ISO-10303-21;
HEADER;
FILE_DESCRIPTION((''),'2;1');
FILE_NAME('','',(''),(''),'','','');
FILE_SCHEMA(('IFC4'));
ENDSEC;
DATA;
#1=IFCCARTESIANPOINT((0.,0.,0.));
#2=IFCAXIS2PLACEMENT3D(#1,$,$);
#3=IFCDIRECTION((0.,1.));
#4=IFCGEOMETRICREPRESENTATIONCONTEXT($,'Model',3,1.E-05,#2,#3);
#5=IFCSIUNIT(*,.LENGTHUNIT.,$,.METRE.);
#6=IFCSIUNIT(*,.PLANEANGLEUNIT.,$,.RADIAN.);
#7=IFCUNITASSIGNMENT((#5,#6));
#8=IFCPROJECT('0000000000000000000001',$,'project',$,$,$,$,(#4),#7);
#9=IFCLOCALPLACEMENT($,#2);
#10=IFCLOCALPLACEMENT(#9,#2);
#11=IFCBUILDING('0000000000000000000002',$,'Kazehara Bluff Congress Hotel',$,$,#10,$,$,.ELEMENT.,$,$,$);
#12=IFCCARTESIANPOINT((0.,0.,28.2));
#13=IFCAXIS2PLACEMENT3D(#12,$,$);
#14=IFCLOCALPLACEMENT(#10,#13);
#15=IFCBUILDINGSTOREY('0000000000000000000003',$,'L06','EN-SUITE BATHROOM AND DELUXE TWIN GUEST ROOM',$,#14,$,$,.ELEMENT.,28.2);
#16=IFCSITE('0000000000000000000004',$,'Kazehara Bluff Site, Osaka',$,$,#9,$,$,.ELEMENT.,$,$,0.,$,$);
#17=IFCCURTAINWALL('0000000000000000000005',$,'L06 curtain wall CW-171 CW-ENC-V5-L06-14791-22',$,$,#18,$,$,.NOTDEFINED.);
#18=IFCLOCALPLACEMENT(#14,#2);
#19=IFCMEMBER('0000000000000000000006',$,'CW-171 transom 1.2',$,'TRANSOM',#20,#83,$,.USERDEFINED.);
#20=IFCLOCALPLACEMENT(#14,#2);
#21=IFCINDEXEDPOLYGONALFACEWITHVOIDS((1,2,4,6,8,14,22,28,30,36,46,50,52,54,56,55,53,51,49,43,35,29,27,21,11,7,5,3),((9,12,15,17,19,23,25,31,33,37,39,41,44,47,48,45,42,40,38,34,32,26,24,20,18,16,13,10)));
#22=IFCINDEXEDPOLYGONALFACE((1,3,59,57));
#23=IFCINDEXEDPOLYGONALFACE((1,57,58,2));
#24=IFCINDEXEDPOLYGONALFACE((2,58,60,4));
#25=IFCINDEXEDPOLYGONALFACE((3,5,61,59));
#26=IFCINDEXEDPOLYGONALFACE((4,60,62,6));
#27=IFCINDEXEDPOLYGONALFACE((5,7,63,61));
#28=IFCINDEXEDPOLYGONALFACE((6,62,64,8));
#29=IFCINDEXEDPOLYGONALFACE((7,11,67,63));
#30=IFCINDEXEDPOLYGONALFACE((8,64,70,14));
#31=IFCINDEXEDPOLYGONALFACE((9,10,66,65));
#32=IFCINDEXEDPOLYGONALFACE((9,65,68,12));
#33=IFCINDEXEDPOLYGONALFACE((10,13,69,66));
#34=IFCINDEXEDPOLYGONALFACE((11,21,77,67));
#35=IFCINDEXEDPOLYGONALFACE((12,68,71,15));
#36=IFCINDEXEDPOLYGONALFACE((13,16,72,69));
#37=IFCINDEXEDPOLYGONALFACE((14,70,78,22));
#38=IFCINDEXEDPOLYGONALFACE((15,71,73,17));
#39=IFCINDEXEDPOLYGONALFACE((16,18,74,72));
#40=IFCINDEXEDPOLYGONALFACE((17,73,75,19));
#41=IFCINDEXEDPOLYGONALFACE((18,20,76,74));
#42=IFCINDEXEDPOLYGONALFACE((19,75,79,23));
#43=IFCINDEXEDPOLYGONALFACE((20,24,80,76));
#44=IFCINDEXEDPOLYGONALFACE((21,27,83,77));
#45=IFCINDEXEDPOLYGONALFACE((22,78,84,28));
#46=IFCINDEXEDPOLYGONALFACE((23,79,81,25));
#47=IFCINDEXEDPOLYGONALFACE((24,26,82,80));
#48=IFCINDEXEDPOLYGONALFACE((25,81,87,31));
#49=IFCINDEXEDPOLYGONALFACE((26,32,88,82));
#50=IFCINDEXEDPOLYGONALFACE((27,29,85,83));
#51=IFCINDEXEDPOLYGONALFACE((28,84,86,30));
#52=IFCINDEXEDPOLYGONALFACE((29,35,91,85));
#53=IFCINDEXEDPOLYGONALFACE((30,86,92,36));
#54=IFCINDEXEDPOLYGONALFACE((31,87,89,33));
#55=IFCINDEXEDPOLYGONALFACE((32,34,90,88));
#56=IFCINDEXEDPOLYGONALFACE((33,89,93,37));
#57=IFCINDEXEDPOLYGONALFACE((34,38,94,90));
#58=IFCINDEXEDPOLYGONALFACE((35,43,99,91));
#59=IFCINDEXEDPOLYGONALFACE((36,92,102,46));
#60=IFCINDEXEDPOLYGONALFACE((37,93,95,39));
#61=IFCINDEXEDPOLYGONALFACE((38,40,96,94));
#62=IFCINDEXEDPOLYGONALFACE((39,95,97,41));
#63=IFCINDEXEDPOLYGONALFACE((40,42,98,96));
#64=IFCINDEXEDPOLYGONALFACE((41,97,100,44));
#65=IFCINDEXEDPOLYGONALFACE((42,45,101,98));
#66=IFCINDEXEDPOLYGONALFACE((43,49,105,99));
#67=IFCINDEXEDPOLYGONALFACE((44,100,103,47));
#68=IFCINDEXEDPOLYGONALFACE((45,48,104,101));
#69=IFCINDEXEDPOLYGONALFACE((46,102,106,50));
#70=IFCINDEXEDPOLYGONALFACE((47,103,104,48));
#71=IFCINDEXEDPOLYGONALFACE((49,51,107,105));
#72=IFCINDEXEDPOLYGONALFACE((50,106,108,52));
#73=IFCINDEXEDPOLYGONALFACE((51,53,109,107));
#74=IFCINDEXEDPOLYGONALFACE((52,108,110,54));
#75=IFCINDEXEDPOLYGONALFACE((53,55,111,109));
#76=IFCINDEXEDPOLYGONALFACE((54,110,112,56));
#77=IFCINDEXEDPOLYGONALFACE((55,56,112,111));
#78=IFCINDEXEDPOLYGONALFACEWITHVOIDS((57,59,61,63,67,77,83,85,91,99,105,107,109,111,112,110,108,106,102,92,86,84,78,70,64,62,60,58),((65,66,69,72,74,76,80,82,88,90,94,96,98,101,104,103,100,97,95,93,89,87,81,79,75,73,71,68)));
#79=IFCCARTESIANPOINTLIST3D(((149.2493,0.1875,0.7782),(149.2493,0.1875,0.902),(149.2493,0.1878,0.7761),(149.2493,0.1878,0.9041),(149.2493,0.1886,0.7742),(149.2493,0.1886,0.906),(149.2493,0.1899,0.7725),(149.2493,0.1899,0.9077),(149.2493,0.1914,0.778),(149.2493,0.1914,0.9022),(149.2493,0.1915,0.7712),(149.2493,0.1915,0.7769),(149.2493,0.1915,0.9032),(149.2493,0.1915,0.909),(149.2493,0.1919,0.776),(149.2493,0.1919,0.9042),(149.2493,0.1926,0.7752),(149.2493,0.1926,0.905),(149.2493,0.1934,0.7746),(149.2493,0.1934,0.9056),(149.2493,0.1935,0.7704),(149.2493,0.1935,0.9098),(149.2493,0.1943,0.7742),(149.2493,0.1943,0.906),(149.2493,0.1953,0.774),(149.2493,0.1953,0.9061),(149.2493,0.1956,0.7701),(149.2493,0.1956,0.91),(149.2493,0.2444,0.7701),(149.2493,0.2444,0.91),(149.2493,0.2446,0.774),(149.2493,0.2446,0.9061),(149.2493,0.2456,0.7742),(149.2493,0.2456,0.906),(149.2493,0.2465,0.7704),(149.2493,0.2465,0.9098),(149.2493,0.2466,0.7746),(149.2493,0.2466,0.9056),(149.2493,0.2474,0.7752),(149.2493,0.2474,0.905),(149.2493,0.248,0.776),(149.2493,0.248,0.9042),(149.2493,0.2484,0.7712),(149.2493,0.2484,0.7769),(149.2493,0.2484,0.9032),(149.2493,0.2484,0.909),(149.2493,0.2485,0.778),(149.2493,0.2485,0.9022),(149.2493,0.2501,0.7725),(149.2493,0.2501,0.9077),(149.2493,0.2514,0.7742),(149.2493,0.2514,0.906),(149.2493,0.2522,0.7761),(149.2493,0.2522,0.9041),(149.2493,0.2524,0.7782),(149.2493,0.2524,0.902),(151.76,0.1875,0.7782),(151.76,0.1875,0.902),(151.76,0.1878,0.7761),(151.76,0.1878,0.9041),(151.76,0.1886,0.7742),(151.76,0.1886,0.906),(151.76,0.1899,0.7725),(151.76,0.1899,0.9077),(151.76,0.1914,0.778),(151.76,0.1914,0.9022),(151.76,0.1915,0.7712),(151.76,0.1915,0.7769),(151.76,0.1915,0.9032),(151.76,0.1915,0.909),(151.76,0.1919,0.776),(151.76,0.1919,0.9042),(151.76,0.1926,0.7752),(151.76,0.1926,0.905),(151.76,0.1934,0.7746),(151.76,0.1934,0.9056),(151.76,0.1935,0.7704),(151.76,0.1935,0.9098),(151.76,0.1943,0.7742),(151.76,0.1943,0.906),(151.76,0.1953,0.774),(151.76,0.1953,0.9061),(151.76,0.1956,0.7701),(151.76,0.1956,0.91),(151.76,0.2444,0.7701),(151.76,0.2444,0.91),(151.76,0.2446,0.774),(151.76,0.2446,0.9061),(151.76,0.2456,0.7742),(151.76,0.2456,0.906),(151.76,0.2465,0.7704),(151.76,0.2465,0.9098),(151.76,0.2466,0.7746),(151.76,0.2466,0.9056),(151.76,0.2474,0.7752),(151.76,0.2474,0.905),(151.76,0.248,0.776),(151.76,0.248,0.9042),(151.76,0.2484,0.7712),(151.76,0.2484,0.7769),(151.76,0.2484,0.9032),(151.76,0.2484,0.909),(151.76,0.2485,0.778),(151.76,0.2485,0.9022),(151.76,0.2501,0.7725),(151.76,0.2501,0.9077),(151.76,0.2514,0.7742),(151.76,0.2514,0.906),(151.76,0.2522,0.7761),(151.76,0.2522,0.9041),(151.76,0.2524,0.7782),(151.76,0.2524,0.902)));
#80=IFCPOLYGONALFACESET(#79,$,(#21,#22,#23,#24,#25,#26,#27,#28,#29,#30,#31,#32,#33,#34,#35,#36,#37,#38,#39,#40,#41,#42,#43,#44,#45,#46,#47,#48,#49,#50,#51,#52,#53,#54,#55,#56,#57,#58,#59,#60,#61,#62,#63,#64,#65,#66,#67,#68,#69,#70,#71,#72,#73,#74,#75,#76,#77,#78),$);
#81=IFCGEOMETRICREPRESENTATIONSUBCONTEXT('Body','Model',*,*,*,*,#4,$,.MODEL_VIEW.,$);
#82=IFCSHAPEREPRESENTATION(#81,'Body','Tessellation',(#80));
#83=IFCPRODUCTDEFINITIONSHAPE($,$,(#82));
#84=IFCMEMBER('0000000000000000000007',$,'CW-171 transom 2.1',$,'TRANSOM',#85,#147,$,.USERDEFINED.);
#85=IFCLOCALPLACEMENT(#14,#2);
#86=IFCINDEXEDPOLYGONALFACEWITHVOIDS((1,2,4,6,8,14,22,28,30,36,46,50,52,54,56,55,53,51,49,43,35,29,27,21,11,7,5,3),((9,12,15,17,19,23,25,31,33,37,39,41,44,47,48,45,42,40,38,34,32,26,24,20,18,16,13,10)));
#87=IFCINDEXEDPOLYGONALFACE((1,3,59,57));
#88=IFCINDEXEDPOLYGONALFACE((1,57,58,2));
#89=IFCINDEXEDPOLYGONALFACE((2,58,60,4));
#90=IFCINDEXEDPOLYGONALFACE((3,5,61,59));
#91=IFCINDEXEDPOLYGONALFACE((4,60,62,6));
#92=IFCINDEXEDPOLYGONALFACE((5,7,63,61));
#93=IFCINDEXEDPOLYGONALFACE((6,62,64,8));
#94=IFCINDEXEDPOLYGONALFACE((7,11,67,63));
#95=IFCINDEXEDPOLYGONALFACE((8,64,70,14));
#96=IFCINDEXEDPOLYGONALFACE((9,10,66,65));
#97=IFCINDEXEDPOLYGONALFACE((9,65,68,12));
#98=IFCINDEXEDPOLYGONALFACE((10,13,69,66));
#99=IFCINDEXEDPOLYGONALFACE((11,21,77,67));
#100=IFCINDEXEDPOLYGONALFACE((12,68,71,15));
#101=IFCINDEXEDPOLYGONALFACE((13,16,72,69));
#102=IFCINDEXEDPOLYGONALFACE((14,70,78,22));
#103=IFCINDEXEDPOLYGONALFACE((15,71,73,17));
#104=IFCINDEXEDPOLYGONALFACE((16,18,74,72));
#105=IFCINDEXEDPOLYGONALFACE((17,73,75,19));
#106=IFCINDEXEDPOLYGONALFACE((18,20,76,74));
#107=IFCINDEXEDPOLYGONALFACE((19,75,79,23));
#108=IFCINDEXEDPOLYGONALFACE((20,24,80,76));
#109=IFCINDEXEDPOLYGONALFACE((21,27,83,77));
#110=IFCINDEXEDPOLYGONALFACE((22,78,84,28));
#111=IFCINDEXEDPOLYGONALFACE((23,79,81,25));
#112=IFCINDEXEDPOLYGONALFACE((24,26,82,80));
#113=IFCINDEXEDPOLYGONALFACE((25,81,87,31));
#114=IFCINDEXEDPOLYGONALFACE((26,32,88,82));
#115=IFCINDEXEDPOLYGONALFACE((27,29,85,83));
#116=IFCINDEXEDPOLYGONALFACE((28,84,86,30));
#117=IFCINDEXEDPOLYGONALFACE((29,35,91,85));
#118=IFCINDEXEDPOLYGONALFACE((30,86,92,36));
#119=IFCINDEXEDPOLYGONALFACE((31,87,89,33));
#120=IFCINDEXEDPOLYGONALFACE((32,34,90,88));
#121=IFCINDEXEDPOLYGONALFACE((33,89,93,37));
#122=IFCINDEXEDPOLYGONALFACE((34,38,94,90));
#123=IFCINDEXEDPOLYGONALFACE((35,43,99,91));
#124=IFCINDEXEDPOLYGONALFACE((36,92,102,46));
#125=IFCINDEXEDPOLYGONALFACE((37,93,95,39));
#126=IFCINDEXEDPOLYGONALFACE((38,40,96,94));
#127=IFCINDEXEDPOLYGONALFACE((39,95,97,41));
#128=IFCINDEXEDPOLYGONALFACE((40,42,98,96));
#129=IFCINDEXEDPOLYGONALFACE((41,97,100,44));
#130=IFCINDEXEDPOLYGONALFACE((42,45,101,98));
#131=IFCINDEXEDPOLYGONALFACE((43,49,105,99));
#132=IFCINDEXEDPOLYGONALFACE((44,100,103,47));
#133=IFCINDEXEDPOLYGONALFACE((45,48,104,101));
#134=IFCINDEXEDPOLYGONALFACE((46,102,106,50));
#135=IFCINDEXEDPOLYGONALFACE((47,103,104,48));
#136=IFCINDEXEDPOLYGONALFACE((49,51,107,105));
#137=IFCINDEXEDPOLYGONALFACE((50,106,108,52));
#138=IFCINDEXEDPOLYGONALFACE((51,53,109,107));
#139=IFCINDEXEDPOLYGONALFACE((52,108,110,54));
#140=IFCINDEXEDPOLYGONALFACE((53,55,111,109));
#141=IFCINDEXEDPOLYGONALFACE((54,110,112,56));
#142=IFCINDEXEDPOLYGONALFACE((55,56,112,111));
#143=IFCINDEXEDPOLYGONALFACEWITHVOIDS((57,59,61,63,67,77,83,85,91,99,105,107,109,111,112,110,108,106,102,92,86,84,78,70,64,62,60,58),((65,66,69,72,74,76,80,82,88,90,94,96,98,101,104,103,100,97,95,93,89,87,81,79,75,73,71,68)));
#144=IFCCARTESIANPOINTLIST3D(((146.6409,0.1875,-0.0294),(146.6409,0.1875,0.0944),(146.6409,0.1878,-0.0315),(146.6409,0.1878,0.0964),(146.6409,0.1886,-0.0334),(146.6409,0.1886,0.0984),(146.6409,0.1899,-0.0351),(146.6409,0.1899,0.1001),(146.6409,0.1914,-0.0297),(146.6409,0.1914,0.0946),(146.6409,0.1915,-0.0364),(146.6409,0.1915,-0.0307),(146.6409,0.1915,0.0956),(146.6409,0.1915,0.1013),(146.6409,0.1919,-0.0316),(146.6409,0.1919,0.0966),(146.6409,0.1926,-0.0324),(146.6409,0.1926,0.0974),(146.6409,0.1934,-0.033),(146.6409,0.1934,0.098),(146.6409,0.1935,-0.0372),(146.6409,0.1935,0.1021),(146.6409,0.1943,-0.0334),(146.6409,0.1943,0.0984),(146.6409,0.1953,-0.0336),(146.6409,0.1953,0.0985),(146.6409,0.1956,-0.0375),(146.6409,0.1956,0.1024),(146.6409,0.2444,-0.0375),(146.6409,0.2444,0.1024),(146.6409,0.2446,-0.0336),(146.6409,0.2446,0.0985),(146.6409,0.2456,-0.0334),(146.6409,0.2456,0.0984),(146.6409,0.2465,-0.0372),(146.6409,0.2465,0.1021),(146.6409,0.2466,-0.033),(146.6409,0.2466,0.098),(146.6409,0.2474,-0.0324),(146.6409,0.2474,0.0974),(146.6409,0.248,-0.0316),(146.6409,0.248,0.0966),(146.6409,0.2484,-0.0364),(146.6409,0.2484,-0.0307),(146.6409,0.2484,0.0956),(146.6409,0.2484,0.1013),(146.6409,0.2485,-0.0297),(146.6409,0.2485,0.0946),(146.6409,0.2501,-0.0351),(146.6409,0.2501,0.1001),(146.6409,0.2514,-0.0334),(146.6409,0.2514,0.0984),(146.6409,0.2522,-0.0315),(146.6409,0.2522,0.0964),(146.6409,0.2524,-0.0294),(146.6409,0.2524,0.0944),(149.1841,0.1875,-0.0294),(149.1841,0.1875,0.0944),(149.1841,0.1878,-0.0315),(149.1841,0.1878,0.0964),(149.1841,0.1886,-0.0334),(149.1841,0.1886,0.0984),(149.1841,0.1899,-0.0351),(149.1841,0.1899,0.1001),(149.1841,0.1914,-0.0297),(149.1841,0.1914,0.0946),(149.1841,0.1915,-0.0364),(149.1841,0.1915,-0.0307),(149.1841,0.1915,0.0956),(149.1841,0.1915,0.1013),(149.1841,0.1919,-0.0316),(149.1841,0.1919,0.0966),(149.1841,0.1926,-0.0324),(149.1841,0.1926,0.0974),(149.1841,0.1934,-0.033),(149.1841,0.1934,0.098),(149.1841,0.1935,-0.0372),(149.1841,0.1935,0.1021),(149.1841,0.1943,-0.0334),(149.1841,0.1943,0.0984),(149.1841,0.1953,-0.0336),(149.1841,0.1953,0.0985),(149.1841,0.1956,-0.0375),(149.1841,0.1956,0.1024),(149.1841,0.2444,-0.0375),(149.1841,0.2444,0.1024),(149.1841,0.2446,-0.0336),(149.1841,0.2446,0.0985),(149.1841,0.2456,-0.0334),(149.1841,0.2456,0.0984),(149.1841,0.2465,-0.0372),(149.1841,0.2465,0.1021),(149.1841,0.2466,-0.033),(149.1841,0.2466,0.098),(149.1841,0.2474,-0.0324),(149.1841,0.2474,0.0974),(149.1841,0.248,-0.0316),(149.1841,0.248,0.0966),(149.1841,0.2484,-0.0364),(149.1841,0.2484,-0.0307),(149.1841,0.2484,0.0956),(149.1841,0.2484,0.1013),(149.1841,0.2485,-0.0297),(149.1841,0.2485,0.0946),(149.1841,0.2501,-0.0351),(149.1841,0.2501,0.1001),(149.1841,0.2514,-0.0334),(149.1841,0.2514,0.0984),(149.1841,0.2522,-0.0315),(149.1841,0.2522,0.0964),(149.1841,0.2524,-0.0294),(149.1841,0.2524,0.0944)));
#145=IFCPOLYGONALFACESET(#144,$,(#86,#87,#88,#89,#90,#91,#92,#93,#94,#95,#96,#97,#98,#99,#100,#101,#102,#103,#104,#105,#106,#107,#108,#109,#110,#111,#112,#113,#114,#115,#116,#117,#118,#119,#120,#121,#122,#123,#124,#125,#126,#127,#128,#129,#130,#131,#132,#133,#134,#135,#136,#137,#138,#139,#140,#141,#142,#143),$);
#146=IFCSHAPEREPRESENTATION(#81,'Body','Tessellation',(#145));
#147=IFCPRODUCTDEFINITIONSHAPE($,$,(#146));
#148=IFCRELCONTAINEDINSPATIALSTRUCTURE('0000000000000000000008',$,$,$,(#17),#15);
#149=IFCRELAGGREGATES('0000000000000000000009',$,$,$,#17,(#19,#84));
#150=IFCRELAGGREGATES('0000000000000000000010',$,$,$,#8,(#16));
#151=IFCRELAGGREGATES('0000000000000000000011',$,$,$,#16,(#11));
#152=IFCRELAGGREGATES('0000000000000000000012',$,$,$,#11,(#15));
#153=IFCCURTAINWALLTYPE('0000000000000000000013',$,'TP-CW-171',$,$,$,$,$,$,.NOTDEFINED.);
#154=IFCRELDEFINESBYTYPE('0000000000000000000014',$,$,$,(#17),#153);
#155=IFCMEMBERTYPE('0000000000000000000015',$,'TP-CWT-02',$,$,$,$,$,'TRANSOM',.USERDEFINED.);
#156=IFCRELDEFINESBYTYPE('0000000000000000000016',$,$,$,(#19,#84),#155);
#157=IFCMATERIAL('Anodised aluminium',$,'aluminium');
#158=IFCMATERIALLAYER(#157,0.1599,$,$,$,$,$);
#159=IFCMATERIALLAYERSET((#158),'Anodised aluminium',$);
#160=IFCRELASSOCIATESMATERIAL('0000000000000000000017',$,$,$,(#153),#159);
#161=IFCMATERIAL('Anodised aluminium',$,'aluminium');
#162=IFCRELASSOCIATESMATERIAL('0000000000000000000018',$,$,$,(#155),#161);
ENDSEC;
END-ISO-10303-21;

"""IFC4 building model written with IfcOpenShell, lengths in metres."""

from ifc_helpers import new_model, si_unit, direction, frame, origin, origin_2d, place, context, subcontext, project, spatial, hollow_rectangle, extrude, material, layer, layer_set, material_profile, profile_set, type_object, element, aggregate, save


model = new_model("IFC4")

# Units and contexts
model_context = context("Model", 3, precision=1e-05, world=origin(), true_north=direction((0.0, 1.0)))
body_context = subcontext(model_context, "Body", "Model", "MODEL_VIEW")
ifc_project = project(units=[si_unit("LENGTHUNIT", "METRE"), si_unit("PLANEANGLEUNIT", "RADIAN")], contexts=[model_context])

# Site, building, storey
site_placement = place(None, origin())
site = spatial("IfcSite", under=ifc_project, at=site_placement, Name="Kazehara Bluff Site, Osaka", CompositionType="ELEMENT", RefElevation=0.0)
building_placement = place(site_placement, origin())
building = spatial("IfcBuilding", under=site, at=building_placement, Name="Kazehara Bluff Congress Hotel", CompositionType="ELEMENT")
storey_placement = place(building_placement, frame((0.0, 0.0, 28.2)))
storey = spatial("IfcBuildingStorey", under=building, at=storey_placement, Name="L06", Description="EN-SUITE BATHROOM AND DELUXE TWIN GUEST ROOM", CompositionType="ELEMENT", Elevation=28.2)

# Curtain wall, members
ifc_material_1 = material(Name="Anodised aluminium", Category="aluminium")
ifc_layer_1 = layer(ifc_material_1, 0.1599)
ifc_layer_set_1 = layer_set([ifc_layer_1], Name="Anodised aluminium")
curtain_wall_type = type_object("IfcCurtainWallType", Name="TP-CW-171", PredefinedType="NOTDEFINED", material=ifc_layer_set_1)
curtain_wall_placement = place(storey_placement, origin())
curtain_wall = element("IfcCurtainWall", 1, at=curtain_wall_placement, inside=storey, type_object=curtain_wall_type, Name="L06 curtain wall CW-171 CW-ENC-V5-L06-14791-22", PredefinedType="NOTDEFINED")
ifc_material_2 = material(Name="Anodised aluminium", Category="aluminium")
ifc_material_profile_1 = material_profile(ifc_material_2, hollow_rectangle(XDim=0.0649, YDim=0.1399, WallThickness=0.0039, InnerFilletRadius=0.0039, OuterFilletRadius=0.0081, at=origin_2d()))
ifc_profile_set_1 = profile_set([ifc_material_profile_1], Name="Anodised aluminium")
member_type_1 = type_object("IfcMemberType", Name="TP-CWT-02", ElementType="TRANSOM", PredefinedType="USERDEFINED", material=ifc_profile_set_1)
member_1_placement = place(storey_placement, frame((151.76, 0.22, 0.8401), z_axis=(-1.0, 0.0, 0.0), x_axis=(0.0, -1.0, 0.0)))
member_1 = element("IfcMember", 2, at=member_1_placement, type_object=member_type_1, Name="CW-171 transom 1.2", ObjectType="TRANSOM", PredefinedType="USERDEFINED", context=body_context, shape_type="SweptSolid", body=[
    extrude(hollow_rectangle(XDim=0.0649, YDim=0.1399, WallThickness=0.0039, InnerFilletRadius=0.0039, OuterFilletRadius=0.0081, at=origin_2d()), origin(), (0.0, 0.0, 1.0), 2.5107),
])
member_2_placement = place(storey_placement, frame((149.1841, 0.22, 0.0325), z_axis=(-1.0, 0.0, 0.0), x_axis=(0.0, -1.0, 0.0)))
member_2 = element("IfcMember", 3, at=member_2_placement, type_object=member_type_1, Name="CW-171 transom 2.1", ObjectType="TRANSOM", PredefinedType="USERDEFINED", context=body_context, shape_type="SweptSolid", body=[
    extrude(hollow_rectangle(XDim=0.0649, YDim=0.1399, WallThickness=0.0039, InnerFilletRadius=0.0039, OuterFilletRadius=0.0081, at=origin_2d()), origin(), (0.0, 0.0, 1.0), 2.5432),
])
aggregate(curtain_wall, [member_1, member_2])

save(model, "model.ifc")
